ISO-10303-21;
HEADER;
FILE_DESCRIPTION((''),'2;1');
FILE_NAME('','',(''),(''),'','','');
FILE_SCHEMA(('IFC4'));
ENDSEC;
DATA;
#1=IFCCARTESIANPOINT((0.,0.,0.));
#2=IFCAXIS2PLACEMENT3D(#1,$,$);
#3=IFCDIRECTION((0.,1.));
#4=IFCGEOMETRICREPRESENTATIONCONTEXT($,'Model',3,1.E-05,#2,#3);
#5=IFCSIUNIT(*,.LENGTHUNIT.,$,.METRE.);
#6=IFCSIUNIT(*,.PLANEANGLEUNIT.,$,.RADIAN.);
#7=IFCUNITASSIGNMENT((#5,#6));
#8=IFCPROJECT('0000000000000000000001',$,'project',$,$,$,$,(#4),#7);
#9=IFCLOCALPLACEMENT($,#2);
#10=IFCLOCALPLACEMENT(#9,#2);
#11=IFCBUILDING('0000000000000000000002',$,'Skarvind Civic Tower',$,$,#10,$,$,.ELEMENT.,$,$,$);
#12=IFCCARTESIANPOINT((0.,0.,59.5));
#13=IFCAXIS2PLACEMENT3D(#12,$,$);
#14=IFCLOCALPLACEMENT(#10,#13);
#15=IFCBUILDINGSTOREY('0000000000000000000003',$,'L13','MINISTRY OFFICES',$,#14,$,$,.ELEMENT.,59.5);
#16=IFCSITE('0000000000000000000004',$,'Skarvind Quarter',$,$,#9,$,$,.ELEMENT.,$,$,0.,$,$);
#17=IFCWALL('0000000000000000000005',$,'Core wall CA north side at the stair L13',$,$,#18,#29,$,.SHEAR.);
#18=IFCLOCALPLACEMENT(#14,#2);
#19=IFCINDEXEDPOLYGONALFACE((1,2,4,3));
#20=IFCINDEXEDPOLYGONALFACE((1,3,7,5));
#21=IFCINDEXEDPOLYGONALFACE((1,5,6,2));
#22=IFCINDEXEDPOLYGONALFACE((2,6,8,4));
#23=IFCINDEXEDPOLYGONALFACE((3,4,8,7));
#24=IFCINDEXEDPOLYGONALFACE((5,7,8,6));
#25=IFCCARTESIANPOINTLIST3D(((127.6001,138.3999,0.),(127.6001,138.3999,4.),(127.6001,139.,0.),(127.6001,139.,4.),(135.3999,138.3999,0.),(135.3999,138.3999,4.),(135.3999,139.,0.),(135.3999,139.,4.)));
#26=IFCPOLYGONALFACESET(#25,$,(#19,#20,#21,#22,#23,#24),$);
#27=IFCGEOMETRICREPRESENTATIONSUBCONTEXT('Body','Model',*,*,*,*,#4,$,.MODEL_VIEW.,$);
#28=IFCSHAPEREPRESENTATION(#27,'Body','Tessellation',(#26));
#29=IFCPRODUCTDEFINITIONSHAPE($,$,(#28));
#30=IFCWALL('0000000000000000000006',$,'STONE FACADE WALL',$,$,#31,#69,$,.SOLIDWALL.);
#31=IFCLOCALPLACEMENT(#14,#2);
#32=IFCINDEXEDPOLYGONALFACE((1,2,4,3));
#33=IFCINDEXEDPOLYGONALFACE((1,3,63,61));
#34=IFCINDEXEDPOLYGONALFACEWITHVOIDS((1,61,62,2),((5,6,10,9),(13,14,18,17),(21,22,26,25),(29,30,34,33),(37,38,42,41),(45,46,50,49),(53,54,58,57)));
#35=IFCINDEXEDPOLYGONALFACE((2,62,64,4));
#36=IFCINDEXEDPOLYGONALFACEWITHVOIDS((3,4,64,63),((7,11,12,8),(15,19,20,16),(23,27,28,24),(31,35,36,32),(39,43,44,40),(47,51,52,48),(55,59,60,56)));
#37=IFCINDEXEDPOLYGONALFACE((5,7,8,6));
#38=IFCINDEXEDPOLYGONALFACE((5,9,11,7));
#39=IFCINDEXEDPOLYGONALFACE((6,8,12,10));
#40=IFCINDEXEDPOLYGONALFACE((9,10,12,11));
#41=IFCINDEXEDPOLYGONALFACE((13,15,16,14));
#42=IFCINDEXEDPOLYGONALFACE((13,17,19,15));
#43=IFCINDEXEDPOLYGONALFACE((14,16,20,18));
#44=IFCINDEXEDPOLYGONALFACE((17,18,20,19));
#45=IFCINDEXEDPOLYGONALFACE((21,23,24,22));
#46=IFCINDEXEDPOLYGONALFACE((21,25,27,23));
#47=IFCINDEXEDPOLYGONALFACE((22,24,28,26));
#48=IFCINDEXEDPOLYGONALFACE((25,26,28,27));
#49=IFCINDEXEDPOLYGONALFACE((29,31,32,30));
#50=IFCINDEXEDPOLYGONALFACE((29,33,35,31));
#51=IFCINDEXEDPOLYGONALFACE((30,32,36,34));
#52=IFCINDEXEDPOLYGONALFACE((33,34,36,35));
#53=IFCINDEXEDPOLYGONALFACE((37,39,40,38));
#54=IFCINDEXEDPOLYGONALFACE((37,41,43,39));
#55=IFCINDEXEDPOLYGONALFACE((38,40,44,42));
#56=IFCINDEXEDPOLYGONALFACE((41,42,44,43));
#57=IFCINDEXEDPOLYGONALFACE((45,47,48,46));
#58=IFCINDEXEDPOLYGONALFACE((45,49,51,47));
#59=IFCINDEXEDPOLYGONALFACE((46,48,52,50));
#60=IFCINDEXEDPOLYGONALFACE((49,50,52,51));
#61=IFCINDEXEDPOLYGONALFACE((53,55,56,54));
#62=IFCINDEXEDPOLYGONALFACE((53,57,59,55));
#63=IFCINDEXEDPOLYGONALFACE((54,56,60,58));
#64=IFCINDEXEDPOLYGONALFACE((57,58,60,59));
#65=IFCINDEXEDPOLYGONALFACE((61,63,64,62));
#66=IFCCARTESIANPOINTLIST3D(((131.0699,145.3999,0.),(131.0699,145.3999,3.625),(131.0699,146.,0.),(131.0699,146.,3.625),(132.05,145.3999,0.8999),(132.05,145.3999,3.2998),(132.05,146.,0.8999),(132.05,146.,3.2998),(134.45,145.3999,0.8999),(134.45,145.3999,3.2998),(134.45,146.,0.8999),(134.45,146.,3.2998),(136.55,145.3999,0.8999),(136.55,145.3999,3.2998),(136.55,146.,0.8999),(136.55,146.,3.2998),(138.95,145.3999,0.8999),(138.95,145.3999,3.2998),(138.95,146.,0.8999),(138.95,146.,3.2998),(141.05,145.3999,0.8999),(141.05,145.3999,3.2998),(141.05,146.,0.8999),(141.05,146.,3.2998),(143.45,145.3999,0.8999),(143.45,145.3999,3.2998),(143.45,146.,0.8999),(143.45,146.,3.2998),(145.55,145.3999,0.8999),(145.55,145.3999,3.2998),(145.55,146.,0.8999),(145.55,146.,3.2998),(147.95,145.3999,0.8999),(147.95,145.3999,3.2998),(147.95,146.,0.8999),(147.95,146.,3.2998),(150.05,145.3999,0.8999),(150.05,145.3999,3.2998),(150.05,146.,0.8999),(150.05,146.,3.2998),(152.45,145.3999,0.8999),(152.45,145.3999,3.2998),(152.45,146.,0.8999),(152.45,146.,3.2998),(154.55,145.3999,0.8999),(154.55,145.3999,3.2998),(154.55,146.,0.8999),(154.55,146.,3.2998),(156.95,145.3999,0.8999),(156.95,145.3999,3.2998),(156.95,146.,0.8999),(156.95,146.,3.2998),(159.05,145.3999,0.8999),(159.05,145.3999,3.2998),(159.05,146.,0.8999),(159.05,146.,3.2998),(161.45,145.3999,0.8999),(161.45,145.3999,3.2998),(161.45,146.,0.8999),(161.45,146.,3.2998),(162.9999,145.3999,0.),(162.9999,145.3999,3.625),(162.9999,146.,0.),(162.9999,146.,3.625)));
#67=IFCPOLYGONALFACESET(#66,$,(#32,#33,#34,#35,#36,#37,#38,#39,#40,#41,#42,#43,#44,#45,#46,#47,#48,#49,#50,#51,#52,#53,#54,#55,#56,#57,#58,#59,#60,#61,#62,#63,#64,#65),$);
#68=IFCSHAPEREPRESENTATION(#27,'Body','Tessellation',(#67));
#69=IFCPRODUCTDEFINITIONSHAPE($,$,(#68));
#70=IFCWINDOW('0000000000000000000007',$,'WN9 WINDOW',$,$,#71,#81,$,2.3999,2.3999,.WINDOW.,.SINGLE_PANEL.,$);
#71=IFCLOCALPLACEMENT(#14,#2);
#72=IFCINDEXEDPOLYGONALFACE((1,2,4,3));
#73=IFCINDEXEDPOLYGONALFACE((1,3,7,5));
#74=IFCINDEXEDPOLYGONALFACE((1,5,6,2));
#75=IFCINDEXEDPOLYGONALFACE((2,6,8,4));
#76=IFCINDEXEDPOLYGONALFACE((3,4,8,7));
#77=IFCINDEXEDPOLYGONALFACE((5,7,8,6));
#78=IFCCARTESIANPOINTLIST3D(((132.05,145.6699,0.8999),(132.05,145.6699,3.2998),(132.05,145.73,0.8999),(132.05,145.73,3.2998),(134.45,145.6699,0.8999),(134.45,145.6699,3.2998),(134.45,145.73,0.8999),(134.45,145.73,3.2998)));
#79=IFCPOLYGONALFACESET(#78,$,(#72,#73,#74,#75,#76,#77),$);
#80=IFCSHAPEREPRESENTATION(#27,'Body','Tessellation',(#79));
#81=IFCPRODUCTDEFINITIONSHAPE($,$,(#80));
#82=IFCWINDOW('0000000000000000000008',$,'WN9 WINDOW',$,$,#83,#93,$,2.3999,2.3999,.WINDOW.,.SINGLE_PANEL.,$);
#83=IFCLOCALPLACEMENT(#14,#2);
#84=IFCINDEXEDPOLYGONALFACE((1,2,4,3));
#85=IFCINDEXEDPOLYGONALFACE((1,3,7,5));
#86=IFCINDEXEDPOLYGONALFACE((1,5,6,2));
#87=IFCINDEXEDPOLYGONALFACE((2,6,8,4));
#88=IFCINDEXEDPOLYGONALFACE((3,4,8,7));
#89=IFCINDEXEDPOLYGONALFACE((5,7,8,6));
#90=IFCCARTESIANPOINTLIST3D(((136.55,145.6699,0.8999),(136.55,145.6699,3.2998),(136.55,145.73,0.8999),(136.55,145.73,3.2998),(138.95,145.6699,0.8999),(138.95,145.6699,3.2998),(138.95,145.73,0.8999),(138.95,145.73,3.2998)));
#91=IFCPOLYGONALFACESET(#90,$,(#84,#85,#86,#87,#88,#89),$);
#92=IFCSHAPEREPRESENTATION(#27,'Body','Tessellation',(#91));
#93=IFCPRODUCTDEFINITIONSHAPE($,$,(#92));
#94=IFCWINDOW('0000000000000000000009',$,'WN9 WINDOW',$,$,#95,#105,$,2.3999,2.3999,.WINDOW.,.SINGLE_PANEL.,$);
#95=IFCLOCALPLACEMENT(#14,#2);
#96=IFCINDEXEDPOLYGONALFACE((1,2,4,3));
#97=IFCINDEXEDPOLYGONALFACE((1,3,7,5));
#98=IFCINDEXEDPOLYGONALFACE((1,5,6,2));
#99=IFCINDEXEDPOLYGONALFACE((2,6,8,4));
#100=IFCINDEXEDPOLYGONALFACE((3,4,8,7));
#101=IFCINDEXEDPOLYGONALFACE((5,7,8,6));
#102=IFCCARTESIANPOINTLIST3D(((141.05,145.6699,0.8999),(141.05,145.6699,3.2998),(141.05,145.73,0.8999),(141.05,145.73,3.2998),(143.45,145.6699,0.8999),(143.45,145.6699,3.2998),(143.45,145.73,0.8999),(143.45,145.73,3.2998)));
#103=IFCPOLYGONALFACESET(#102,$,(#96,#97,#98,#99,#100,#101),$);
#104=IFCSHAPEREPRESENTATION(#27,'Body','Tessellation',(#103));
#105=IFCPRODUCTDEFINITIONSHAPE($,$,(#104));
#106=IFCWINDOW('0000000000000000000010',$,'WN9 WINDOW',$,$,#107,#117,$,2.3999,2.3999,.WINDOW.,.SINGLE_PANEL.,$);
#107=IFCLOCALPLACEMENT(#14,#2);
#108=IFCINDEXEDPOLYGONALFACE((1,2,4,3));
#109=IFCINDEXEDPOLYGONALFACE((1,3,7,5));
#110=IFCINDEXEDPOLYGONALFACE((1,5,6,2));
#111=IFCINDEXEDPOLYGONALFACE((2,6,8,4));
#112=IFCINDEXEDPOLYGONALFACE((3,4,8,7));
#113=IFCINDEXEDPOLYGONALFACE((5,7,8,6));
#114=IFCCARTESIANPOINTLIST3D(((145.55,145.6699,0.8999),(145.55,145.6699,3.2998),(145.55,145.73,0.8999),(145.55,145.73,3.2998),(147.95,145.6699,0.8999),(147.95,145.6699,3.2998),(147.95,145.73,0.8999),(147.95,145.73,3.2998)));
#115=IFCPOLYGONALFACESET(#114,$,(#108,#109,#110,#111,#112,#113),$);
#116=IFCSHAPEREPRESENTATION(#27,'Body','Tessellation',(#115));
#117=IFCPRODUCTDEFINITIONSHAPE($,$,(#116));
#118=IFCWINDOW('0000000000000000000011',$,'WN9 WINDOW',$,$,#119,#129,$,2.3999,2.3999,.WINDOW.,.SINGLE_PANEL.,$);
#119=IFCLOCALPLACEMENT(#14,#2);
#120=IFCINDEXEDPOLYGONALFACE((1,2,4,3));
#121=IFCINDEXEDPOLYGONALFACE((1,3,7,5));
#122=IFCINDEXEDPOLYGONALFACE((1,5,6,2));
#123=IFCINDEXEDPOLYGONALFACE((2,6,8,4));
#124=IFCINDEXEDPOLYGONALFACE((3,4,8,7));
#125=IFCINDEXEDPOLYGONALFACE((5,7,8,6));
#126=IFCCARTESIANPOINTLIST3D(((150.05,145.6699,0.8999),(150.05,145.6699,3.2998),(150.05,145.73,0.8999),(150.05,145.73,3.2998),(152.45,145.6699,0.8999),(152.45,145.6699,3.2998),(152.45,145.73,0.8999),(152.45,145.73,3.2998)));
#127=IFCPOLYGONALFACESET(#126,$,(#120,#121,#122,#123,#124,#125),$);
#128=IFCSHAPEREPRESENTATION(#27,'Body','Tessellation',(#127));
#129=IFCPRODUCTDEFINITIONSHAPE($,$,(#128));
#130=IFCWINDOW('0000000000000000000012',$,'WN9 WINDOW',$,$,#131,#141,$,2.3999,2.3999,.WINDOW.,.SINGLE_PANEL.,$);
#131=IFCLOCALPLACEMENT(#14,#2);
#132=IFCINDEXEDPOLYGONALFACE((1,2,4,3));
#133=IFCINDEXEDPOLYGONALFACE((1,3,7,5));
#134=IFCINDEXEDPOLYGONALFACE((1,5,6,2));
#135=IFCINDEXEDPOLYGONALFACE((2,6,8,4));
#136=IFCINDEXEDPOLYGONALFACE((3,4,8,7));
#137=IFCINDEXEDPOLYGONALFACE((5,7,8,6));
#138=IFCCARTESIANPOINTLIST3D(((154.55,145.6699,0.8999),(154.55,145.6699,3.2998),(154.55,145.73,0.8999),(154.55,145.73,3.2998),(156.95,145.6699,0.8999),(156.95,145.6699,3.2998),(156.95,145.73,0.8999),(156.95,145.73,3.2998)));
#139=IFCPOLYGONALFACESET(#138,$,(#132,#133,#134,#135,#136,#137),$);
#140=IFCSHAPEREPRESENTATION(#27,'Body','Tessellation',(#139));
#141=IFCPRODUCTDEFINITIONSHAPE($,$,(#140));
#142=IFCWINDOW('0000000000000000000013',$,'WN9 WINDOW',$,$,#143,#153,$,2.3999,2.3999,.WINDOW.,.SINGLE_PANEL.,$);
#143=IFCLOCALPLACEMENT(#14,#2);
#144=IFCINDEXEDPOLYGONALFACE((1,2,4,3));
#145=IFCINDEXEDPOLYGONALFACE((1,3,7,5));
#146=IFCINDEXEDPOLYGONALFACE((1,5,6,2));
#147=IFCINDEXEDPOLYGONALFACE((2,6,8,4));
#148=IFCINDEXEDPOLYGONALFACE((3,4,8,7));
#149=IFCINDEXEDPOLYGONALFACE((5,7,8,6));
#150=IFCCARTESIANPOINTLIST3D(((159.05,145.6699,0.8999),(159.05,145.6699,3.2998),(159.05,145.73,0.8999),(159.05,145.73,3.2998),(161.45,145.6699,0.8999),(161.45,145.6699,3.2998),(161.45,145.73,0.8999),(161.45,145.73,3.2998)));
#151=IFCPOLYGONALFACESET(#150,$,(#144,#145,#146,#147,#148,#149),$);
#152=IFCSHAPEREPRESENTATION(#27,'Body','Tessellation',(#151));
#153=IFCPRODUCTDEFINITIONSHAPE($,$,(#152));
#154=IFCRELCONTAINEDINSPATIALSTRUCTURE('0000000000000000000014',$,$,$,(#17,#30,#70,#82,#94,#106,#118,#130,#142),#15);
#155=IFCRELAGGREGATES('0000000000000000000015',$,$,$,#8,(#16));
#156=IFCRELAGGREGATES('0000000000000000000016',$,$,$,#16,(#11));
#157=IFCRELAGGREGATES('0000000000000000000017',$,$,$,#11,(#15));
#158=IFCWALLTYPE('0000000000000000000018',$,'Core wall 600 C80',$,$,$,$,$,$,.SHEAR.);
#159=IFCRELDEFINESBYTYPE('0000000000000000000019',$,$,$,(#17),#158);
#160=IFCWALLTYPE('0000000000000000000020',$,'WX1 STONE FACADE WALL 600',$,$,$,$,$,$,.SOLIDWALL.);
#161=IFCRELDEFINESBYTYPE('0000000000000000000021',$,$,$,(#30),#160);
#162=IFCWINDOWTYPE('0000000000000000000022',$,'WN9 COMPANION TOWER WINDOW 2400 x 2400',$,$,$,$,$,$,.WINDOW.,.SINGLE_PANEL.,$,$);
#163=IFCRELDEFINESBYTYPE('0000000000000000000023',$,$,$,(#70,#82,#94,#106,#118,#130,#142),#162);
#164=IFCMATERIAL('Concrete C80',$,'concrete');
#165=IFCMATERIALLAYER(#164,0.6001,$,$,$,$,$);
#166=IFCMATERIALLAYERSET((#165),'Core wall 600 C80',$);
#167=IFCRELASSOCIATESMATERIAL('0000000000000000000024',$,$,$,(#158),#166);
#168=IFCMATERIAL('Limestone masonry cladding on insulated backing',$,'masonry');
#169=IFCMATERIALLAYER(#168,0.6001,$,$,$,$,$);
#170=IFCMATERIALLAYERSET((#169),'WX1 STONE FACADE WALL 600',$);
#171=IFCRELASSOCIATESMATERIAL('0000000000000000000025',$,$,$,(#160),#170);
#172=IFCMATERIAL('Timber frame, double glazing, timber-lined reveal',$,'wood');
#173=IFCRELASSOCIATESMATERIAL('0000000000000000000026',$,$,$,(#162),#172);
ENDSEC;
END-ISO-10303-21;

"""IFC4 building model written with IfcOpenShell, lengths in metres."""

from ifc_helpers import new_model, si_unit, direction, frame, frame_2d, origin, place, context, subcontext, project, spatial, rectangle, extrude, material, layer, layer_set, type_object, element, fill, save


model = new_model("IFC4")

# Units and contexts
model_context = context("Model", 3, precision=1e-05, world=origin(), true_north=direction((0.0, 1.0)))
body_context = subcontext(model_context, "Body", "Model", "MODEL_VIEW")
ifc_project = project(units=[si_unit("LENGTHUNIT", "METRE"), si_unit("PLANEANGLEUNIT", "RADIAN")], contexts=[model_context])

# Site, building, storey
site_placement = place(None, origin())
site = spatial("IfcSite", under=ifc_project, at=site_placement, Name="Skarvind Quarter", CompositionType="ELEMENT", RefElevation=0.0)
building_placement = place(site_placement, origin())
building = spatial("IfcBuilding", under=site, at=building_placement, Name="Skarvind Civic Tower", CompositionType="ELEMENT")
storey_placement = place(building_placement, frame((0.0, 0.0, 59.5)))
storey = spatial("IfcBuildingStorey", under=building, at=storey_placement, Name="L13", Description="MINISTRY OFFICES", CompositionType="ELEMENT", Elevation=59.5)

# Shared definitions
ifc_material_1 = material(Name="Concrete C80", Category="concrete")

# Wall
ifc_layer_1 = layer(ifc_material_1, 0.6001)
ifc_layer_set_1 = layer_set([ifc_layer_1], Name="Core wall 600 C80")
wall_type_1 = type_object("IfcWallType", Name="Core wall 600 C80", PredefinedType="SHEAR", material=ifc_layer_set_1)
wall_1_placement = place(storey_placement, frame((127.6001, 138.7, 0.0), z_axis=(0.0, 0.0, 1.0), x_axis=(1.0, 0.0, 0.0)))
element("IfcWall", 1, at=wall_1_placement, inside=storey, type_object=wall_type_1, Name="Core wall CA north side at the stair L13", PredefinedType="SHEAR", context=body_context, shape_type="SweptSolid", body=[
    extrude(rectangle(XDim=7.7998, YDim=0.6001, at=frame_2d((3.8999, 0.0))), origin(), (0.0, 0.0, 1.0), 4.0),
])

# Wall, openings, windows
ifc_material_2 = material(Name="Limestone masonry cladding on insulated backing", Category="masonry")
ifc_layer_2 = layer(ifc_material_2, 0.6001)
ifc_layer_set_2 = layer_set([ifc_layer_2], Name="WX1 STONE FACADE WALL 600")
wall_type_2 = type_object("IfcWallType", Name="WX1 STONE FACADE WALL 600", PredefinedType="SOLIDWALL", material=ifc_layer_set_2)
wall_2_placement = place(storey_placement, frame((131.0701, 145.7, 0.0), z_axis=(0.0, 0.0, 1.0), x_axis=(1.0, 0.0, 0.0)))
wall_2 = element("IfcWall", 2, at=wall_2_placement, inside=storey, type_object=wall_type_2, Name="STONE FACADE WALL", PredefinedType="SOLIDWALL", context=body_context, shape_type="SweptSolid", body=[
    extrude(rectangle(XDim=31.9299, YDim=0.6001, at=frame_2d((15.9648, 0.0))), origin(), (0.0, 0.0, 1.0), 3.625),
])
opening_1_placement = place(wall_2_placement, frame((0.98, 0.0, 0.8999)))
opening_1 = element("IfcOpeningElement", 3, at=opening_1_placement, cuts=wall_2, PredefinedType="OPENING", context=body_context, shape_type="SweptSolid", body=[
    extrude(rectangle(XDim=2.3999, YDim=2.3999, at=frame_2d((1.2, 1.2))), frame((0.0, 0.3101, 0.0), z_axis=(0.0, -1.0, 0.0), x_axis=(1.0, 0.0, 0.0)), (0.0, 0.0, 1.0), 0.6201),
])
opening_2_placement = place(wall_2_placement, frame((5.48, 0.0, 0.8999)))
opening_2 = element("IfcOpeningElement", 4, at=opening_2_placement, cuts=wall_2, PredefinedType="OPENING", context=body_context, shape_type="SweptSolid", body=[
    extrude(rectangle(XDim=2.3999, YDim=2.3999, at=frame_2d((1.2, 1.2))), frame((0.0, 0.3101, 0.0), z_axis=(0.0, -1.0, 0.0), x_axis=(1.0, 0.0, 0.0)), (0.0, 0.0, 1.0), 0.6201),
])
opening_3_placement = place(wall_2_placement, frame((9.98, 0.0, 0.8999)))
opening_3 = element("IfcOpeningElement", 5, at=opening_3_placement, cuts=wall_2, PredefinedType="OPENING", context=body_context, shape_type="SweptSolid", body=[
    extrude(rectangle(XDim=2.3999, YDim=2.3999, at=frame_2d((1.2, 1.2))), frame((0.0, 0.3101, 0.0), z_axis=(0.0, -1.0, 0.0), x_axis=(1.0, 0.0, 0.0)), (0.0, 0.0, 1.0), 0.6201),
])
opening_4_placement = place(wall_2_placement, frame((14.48, 0.0, 0.8999)))
opening_4 = element("IfcOpeningElement", 6, at=opening_4_placement, cuts=wall_2, PredefinedType="OPENING", context=body_context, shape_type="SweptSolid", body=[
    extrude(rectangle(XDim=2.3999, YDim=2.3999, at=frame_2d((1.2, 1.2))), frame((0.0, 0.3101, 0.0), z_axis=(0.0, -1.0, 0.0), x_axis=(1.0, 0.0, 0.0)), (0.0, 0.0, 1.0), 0.6201),
])
opening_5_placement = place(wall_2_placement, frame((18.98, 0.0, 0.8999)))
opening_5 = element("IfcOpeningElement", 7, at=opening_5_placement, cuts=wall_2, PredefinedType="OPENING", context=body_context, shape_type="SweptSolid", body=[
    extrude(rectangle(XDim=2.3999, YDim=2.3999, at=frame_2d((1.2, 1.2))), frame((0.0, 0.3101, 0.0), z_axis=(0.0, -1.0, 0.0), x_axis=(1.0, 0.0, 0.0)), (0.0, 0.0, 1.0), 0.6201),
])
opening_6_placement = place(wall_2_placement, frame((23.48, 0.0, 0.8999)))
opening_6 = element("IfcOpeningElement", 8, at=opening_6_placement, cuts=wall_2, PredefinedType="OPENING", context=body_context, shape_type="SweptSolid", body=[
    extrude(rectangle(XDim=2.3999, YDim=2.3999, at=frame_2d((1.2, 1.2))), frame((0.0, 0.3101, 0.0), z_axis=(0.0, -1.0, 0.0), x_axis=(1.0, 0.0, 0.0)), (0.0, 0.0, 1.0), 0.6201),
])
opening_7_placement = place(wall_2_placement, frame((27.98, 0.0, 0.8999)))
opening_7 = element("IfcOpeningElement", 9, at=opening_7_placement, cuts=wall_2, PredefinedType="OPENING", context=body_context, shape_type="SweptSolid", body=[
    extrude(rectangle(XDim=2.3999, YDim=2.3999, at=frame_2d((1.2, 1.2))), frame((0.0, 0.3101, 0.0), z_axis=(0.0, -1.0, 0.0), x_axis=(1.0, 0.0, 0.0)), (0.0, 0.0, 1.0), 0.6201),
])
ifc_material_3 = material(Name="Timber frame, double glazing, timber-lined reveal", Category="wood")
window_type = type_object("IfcWindowType", Name="WN9 COMPANION TOWER WINDOW 2400 x 2400", PartitioningType="SINGLE_PANEL", PredefinedType="WINDOW", material=ifc_material_3)
window_1_placement = place(opening_1_placement, origin())
window_1 = element("IfcWindow", 10, at=window_1_placement, inside=storey, type_object=window_type, Name="WN9 WINDOW", OverallHeight=2.3999, OverallWidth=2.3999, PartitioningType="SINGLE_PANEL", PredefinedType="WINDOW", context=body_context, shape_type="SweptSolid", body=[
    extrude(rectangle(XDim=2.3999, YDim=2.3999, at=frame_2d((1.2, 1.2))), frame((0.0, 0.03, 0.0), z_axis=(0.0, -1.0, 0.0), x_axis=(1.0, 0.0, 0.0)), (0.0, 0.0, 1.0), 0.0601),
])
fill(opening_1, window_1)
window_2_placement = place(opening_2_placement, origin())
window_2 = element("IfcWindow", 11, at=window_2_placement, inside=storey, type_object=window_type, Name="WN9 WINDOW", OverallHeight=2.3999, OverallWidth=2.3999, PartitioningType="SINGLE_PANEL", PredefinedType="WINDOW", context=body_context, shape_type="SweptSolid", body=[
    extrude(rectangle(XDim=2.3999, YDim=2.3999, at=frame_2d((1.2, 1.2))), frame((0.0, 0.03, 0.0), z_axis=(0.0, -1.0, 0.0), x_axis=(1.0, 0.0, 0.0)), (0.0, 0.0, 1.0), 0.0601),
])
fill(opening_2, window_2)
window_3_placement = place(opening_3_placement, origin())
window_3 = element("IfcWindow", 12, at=window_3_placement, inside=storey, type_object=window_type, Name="WN9 WINDOW", OverallHeight=2.3999, OverallWidth=2.3999, PartitioningType="SINGLE_PANEL", PredefinedType="WINDOW", context=body_context, shape_type="SweptSolid", body=[
    extrude(rectangle(XDim=2.3999, YDim=2.3999, at=frame_2d((1.2, 1.2))), frame((0.0, 0.03, 0.0), z_axis=(0.0, -1.0, 0.0), x_axis=(1.0, 0.0, 0.0)), (0.0, 0.0, 1.0), 0.0601),
])
fill(opening_3, window_3)
window_4_placement = place(opening_4_placement, origin())
window_4 = element("IfcWindow", 13, at=window_4_placement, inside=storey, type_object=window_type, Name="WN9 WINDOW", OverallHeight=2.3999, OverallWidth=2.3999, PartitioningType="SINGLE_PANEL", PredefinedType="WINDOW", context=body_context, shape_type="SweptSolid", body=[
    extrude(rectangle(XDim=2.3999, YDim=2.3999, at=frame_2d((1.2, 1.2))), frame((0.0, 0.03, 0.0), z_axis=(0.0, -1.0, 0.0), x_axis=(1.0, 0.0, 0.0)), (0.0, 0.0, 1.0), 0.0601),
])
fill(opening_4, window_4)
window_5_placement = place(opening_5_placement, origin())
window_5 = element("IfcWindow", 14, at=window_5_placement, inside=storey, type_object=window_type, Name="WN9 WINDOW", OverallHeight=2.3999, OverallWidth=2.3999, PartitioningType="SINGLE_PANEL", PredefinedType="WINDOW", context=body_context, shape_type="SweptSolid", body=[
    extrude(rectangle(XDim=2.3999, YDim=2.3999, at=frame_2d((1.2, 1.2))), frame((0.0, 0.03, 0.0), z_axis=(0.0, -1.0, 0.0), x_axis=(1.0, 0.0, 0.0)), (0.0, 0.0, 1.0), 0.0601),
])
fill(opening_5, window_5)
window_6_placement = place(opening_6_placement, origin())
window_6 = element("IfcWindow", 15, at=window_6_placement, inside=storey, type_object=window_type, Name="WN9 WINDOW", OverallHeight=2.3999, OverallWidth=2.3999, PartitioningType="SINGLE_PANEL", PredefinedType="WINDOW", context=body_context, shape_type="SweptSolid", body=[
    extrude(rectangle(XDim=2.3999, YDim=2.3999, at=frame_2d((1.2, 1.2))), frame((0.0, 0.03, 0.0), z_axis=(0.0, -1.0, 0.0), x_axis=(1.0, 0.0, 0.0)), (0.0, 0.0, 1.0), 0.0601),
])
fill(opening_6, window_6)
window_7_placement = place(opening_7_placement, origin())
window_7 = element("IfcWindow", 16, at=window_7_placement, inside=storey, type_object=window_type, Name="WN9 WINDOW", OverallHeight=2.3999, OverallWidth=2.3999, PartitioningType="SINGLE_PANEL", PredefinedType="WINDOW", context=body_context, shape_type="SweptSolid", body=[
    extrude(rectangle(XDim=2.3999, YDim=2.3999, at=frame_2d((1.2, 1.2))), frame((0.0, 0.03, 0.0), z_axis=(0.0, -1.0, 0.0), x_axis=(1.0, 0.0, 0.0)), (0.0, 0.0, 1.0), 0.0601),
])
fill(opening_7, window_7)

save(model, "model.ifc")
